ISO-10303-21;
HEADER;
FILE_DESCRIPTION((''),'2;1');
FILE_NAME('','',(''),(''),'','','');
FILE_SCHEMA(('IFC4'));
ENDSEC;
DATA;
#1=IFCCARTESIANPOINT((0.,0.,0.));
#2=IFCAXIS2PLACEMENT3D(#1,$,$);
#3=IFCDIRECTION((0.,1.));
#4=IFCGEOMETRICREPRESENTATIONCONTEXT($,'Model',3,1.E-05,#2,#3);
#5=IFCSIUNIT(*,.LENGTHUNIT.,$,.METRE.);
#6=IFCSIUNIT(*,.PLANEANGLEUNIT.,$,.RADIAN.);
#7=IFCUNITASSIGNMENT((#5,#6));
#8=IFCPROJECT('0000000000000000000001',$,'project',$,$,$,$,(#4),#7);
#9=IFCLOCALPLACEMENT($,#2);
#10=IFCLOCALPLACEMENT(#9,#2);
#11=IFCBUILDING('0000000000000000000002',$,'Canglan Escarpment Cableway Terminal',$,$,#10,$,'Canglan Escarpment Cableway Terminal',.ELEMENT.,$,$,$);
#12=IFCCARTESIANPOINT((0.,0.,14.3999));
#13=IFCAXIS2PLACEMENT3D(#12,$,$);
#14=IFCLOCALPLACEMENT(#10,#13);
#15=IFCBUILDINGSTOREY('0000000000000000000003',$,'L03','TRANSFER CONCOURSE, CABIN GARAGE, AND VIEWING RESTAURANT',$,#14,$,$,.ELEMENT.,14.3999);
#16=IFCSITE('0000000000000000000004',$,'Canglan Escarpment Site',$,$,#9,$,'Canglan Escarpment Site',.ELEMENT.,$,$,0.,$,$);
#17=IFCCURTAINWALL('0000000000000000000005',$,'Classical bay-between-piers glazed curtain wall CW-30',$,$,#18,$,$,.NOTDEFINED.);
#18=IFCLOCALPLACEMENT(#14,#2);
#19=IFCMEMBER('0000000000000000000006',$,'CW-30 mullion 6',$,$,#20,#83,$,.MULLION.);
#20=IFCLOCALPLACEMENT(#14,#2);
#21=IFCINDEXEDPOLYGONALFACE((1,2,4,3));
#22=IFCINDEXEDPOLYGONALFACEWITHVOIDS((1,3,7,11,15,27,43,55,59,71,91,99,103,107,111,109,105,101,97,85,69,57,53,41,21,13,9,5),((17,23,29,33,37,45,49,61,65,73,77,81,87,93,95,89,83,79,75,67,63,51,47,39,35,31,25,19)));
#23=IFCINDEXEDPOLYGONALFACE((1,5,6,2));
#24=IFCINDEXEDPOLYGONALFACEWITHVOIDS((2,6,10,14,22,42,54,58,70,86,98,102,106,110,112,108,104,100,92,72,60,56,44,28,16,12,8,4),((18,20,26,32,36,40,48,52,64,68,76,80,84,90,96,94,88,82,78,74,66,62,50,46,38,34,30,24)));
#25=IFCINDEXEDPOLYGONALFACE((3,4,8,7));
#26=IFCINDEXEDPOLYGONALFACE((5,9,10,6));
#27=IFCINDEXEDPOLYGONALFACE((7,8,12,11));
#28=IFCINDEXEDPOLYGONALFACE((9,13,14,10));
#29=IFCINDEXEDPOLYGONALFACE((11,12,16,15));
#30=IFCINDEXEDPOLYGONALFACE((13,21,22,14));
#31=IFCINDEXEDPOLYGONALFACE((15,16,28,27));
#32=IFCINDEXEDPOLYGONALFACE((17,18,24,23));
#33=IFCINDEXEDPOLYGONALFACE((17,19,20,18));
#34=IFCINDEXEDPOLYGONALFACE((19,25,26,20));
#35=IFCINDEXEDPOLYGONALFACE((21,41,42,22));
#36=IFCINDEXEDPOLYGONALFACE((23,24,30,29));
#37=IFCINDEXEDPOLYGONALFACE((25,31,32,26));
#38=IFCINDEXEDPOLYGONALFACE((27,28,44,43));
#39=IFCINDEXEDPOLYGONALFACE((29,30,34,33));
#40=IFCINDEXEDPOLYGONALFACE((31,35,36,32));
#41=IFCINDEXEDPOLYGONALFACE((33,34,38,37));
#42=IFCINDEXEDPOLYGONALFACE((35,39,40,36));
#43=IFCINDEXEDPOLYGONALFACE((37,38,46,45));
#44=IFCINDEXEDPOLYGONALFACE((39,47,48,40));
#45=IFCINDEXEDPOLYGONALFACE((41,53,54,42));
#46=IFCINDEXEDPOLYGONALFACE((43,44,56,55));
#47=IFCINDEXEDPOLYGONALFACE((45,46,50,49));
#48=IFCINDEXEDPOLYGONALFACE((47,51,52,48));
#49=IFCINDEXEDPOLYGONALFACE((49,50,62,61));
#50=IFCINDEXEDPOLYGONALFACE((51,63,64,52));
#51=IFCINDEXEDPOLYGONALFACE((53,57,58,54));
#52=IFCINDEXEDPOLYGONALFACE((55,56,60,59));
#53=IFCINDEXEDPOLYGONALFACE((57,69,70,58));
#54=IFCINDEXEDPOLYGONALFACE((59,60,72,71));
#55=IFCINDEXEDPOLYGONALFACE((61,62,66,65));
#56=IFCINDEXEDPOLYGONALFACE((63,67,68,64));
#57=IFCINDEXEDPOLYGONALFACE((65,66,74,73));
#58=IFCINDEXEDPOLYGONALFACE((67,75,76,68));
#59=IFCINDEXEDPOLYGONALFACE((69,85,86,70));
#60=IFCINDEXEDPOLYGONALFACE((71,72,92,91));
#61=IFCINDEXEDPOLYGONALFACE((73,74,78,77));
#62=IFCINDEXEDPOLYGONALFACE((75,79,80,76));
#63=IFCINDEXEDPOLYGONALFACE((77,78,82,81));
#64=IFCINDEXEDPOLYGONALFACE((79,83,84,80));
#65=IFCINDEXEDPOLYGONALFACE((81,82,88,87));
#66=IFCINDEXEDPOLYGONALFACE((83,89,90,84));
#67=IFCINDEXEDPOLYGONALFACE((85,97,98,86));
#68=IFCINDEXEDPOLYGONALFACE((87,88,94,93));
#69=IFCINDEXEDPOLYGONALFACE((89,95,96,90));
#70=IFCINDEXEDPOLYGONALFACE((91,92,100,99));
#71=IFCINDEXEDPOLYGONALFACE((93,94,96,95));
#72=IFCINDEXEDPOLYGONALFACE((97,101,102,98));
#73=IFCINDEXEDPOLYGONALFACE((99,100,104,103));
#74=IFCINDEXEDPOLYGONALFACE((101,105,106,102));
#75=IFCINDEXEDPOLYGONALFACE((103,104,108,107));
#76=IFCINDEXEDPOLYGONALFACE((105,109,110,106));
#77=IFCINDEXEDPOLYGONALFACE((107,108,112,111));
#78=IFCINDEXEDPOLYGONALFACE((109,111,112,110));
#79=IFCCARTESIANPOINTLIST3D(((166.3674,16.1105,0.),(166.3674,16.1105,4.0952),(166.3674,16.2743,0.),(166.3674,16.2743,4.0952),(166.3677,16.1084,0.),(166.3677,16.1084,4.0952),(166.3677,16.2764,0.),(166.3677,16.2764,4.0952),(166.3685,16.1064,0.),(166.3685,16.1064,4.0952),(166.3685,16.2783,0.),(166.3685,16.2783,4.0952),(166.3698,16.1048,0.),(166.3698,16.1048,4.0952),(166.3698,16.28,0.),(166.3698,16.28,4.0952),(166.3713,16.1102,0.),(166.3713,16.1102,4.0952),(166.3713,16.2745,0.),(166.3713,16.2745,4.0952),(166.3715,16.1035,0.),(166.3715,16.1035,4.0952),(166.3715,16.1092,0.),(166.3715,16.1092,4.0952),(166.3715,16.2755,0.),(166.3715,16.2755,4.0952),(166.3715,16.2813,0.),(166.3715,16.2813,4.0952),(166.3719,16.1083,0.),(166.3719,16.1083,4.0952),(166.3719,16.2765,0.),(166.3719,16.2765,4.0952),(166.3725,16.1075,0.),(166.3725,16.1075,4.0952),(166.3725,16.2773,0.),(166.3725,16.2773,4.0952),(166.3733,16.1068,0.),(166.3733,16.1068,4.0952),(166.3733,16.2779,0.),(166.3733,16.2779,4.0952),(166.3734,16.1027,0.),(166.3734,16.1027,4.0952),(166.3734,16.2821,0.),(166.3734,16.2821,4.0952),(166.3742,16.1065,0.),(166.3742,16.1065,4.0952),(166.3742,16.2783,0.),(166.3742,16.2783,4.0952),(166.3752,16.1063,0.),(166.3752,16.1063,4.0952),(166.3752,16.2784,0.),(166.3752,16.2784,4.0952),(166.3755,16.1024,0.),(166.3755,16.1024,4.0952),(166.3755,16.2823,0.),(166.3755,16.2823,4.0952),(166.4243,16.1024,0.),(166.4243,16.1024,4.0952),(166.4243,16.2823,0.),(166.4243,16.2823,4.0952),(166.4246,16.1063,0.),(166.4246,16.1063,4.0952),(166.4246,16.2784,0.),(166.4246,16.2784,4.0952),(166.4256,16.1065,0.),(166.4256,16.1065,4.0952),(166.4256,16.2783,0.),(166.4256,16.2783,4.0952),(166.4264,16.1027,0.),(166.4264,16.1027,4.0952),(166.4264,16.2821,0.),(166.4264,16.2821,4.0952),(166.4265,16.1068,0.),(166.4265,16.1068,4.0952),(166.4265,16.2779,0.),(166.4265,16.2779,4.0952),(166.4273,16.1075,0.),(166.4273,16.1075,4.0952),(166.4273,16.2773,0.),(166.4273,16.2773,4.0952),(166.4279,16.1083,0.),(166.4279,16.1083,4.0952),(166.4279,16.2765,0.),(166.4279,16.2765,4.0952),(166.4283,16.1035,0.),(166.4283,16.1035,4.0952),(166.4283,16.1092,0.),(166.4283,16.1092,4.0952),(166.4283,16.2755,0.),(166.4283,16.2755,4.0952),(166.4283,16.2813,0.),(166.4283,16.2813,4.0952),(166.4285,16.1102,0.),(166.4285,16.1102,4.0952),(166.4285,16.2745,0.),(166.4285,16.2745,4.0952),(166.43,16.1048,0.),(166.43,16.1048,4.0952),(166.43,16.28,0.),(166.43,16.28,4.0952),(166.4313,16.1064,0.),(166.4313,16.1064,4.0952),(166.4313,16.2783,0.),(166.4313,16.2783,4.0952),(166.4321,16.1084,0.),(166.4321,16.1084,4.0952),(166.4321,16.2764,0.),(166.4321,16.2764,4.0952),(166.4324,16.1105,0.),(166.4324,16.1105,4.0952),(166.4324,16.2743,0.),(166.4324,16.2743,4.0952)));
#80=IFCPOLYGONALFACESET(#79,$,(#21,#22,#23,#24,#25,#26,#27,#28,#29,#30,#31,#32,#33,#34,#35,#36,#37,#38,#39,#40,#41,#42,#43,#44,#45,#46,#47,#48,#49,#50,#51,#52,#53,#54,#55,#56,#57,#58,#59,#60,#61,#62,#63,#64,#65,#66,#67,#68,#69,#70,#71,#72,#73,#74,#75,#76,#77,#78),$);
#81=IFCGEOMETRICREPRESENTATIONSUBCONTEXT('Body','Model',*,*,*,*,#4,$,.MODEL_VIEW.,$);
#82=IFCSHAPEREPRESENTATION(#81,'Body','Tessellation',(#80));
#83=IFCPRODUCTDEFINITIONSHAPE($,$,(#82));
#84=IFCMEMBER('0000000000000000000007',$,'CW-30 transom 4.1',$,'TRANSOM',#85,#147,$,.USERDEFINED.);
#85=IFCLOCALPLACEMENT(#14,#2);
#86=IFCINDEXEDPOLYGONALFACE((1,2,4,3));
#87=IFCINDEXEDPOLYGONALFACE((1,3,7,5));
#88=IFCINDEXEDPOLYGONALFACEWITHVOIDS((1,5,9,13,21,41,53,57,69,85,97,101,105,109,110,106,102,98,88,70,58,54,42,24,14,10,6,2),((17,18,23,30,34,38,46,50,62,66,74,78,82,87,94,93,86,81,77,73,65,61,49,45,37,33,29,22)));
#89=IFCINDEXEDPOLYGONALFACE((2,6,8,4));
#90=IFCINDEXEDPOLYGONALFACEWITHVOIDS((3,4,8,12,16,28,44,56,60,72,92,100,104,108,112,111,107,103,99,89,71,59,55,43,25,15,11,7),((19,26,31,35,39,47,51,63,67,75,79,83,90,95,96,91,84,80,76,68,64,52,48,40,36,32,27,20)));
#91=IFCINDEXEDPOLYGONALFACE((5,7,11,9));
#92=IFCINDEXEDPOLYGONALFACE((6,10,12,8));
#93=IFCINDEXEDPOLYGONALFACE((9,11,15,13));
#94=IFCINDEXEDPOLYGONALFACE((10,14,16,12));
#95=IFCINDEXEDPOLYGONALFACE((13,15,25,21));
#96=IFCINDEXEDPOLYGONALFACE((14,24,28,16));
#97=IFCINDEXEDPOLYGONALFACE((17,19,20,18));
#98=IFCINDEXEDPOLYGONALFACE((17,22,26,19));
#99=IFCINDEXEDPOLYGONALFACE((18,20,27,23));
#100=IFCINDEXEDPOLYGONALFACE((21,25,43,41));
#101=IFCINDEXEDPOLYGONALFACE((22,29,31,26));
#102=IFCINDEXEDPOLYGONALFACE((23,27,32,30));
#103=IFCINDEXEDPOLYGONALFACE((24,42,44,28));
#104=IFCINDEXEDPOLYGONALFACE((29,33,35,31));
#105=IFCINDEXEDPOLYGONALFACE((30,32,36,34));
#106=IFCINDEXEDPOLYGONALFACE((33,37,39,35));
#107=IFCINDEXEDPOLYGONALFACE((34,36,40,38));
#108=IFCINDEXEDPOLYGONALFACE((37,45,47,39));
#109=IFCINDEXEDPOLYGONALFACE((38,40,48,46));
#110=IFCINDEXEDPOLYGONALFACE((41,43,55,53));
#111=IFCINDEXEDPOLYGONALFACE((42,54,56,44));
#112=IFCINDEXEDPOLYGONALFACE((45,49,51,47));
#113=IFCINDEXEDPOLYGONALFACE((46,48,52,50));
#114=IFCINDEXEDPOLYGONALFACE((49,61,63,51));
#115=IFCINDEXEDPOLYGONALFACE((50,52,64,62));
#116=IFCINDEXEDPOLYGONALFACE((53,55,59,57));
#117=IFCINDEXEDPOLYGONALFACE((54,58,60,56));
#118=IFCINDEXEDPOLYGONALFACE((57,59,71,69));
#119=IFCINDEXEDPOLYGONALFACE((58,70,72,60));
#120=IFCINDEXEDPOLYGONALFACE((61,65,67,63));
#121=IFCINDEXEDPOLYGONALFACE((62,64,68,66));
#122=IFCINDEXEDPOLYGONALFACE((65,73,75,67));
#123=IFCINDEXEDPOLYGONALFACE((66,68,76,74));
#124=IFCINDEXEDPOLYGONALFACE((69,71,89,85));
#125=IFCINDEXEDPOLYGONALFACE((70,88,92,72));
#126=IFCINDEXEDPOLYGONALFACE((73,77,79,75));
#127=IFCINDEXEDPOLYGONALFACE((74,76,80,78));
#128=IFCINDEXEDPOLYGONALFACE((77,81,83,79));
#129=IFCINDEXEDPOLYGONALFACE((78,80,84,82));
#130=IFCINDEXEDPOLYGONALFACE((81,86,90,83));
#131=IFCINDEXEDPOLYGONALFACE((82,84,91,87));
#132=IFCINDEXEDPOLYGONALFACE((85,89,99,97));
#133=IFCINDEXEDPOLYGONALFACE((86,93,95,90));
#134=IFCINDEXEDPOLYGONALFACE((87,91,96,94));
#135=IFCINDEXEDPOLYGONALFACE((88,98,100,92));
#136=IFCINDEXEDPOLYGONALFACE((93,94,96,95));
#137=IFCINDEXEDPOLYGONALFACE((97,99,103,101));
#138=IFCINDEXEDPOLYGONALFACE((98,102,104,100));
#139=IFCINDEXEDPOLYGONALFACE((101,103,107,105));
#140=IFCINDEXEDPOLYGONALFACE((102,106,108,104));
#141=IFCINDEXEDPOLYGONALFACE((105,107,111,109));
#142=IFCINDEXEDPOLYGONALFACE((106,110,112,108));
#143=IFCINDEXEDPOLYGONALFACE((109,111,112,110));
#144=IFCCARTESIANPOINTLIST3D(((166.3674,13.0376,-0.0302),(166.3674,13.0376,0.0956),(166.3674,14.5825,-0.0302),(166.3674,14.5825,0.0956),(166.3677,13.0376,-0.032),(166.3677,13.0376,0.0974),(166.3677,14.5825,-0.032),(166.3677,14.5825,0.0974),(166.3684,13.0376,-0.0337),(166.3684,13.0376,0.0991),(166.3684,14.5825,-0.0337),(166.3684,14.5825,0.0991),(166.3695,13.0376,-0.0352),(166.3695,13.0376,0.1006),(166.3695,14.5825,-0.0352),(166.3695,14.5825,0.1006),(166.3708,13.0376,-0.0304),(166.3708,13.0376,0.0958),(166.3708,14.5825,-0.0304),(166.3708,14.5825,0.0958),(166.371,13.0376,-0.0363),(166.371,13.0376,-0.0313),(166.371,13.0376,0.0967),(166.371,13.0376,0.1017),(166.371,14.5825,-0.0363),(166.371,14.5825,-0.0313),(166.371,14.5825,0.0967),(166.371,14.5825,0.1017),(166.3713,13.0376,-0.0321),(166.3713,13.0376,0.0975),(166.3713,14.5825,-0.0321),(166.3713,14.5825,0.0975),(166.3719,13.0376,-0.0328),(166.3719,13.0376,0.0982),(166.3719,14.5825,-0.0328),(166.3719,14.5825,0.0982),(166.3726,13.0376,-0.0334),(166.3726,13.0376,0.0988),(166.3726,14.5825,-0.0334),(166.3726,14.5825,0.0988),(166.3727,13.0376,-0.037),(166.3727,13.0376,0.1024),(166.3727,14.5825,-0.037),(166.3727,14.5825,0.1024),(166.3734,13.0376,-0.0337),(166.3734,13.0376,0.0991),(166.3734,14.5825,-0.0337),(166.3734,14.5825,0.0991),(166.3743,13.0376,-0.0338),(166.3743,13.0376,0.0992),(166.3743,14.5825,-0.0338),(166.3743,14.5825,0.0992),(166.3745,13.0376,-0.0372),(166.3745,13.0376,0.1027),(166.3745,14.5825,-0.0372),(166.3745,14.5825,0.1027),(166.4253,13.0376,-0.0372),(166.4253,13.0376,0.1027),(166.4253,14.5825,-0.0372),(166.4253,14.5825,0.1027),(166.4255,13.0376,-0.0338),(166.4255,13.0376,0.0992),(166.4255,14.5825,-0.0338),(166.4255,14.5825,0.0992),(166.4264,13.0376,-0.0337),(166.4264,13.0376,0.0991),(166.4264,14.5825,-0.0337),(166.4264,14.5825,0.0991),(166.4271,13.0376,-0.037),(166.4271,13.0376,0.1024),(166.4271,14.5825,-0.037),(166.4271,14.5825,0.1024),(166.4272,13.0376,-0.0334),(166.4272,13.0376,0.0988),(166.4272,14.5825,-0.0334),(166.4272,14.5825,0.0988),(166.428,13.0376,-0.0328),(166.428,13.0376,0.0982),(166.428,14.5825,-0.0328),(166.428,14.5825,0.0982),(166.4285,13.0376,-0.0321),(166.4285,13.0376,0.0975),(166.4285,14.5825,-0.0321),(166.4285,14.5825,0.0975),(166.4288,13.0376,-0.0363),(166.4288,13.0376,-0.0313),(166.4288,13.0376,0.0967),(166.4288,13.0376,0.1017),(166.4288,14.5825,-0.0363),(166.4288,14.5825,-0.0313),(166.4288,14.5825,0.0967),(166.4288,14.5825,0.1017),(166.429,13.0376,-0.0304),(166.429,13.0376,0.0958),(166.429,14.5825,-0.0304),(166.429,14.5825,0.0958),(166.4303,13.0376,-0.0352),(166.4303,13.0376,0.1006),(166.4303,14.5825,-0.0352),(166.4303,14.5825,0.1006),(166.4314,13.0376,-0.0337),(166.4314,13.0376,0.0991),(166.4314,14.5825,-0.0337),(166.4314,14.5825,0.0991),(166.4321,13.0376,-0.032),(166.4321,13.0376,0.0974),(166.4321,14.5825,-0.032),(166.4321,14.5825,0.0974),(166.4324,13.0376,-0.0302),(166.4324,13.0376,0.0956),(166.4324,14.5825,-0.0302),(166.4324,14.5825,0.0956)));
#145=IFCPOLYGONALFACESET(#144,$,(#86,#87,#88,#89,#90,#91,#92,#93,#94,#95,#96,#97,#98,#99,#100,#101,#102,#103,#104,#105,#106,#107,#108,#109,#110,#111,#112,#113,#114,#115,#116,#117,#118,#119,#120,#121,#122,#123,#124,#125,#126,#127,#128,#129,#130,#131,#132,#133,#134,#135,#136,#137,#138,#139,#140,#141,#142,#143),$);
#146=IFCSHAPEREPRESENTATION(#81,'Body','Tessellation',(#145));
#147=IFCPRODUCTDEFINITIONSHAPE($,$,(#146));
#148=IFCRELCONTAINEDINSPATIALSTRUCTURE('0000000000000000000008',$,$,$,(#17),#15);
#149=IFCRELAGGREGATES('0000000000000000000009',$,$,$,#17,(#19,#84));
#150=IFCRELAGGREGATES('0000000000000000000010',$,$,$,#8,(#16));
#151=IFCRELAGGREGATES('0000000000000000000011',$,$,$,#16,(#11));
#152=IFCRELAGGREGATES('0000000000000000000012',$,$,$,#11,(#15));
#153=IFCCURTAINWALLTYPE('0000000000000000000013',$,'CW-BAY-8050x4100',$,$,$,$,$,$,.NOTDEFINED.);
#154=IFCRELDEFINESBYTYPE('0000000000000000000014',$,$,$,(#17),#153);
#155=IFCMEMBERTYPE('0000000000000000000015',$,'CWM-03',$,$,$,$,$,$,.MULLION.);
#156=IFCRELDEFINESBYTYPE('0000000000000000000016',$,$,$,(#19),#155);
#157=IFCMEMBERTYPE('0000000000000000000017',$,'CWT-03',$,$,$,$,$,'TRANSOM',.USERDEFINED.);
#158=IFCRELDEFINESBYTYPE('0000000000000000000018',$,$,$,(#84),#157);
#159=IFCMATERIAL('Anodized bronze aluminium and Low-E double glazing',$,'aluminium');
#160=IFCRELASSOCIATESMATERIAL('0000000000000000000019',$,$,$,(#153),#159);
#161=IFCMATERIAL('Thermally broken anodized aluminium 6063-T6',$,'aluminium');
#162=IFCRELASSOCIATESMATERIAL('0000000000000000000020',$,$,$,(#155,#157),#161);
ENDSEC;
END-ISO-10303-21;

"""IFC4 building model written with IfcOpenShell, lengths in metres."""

from ifc_helpers import new_model, si_unit, direction, frame, origin, origin_2d, place, context, subcontext, project, spatial, hollow_rectangle, extrude, material, material_profile, profile_set, type_object, element, aggregate, save


model = new_model("IFC4")

# Units and contexts
model_context = context("Model", 3, precision=1e-05, world=origin(), true_north=direction((0.0, 1.0)))
body_context = subcontext(model_context, "Body", "Model", "MODEL_VIEW")
ifc_project = project(units=[si_unit("LENGTHUNIT", "METRE"), si_unit("PLANEANGLEUNIT", "RADIAN")], contexts=[model_context])

# Site, building, storey
site_placement = place(None, origin())
site = spatial("IfcSite", under=ifc_project, at=site_placement, Name="Canglan Escarpment Site", LongName="Canglan Escarpment Site", CompositionType="ELEMENT", RefElevation=0.0)
building_placement = place(site_placement, origin())
building = spatial("IfcBuilding", under=site, at=building_placement, Name="Canglan Escarpment Cableway Terminal", LongName="Canglan Escarpment Cableway Terminal", CompositionType="ELEMENT")
storey_placement = place(building_placement, frame((0.0, 0.0, 14.3999)))
storey = spatial("IfcBuildingStorey", under=building, at=storey_placement, Name="L03", Description="TRANSFER CONCOURSE, CABIN GARAGE, AND VIEWING RESTAURANT", CompositionType="ELEMENT", Elevation=14.3999)

# Curtain wall, members
ifc_material_1 = material(Name="Anodized bronze aluminium and Low-E double glazing", Category="aluminium")
curtain_wall_type = type_object("IfcCurtainWallType", Name="CW-BAY-8050x4100", PredefinedType="NOTDEFINED", material=ifc_material_1)
curtain_wall_placement = place(storey_placement, origin())
curtain_wall = element("IfcCurtainWall", 1, at=curtain_wall_placement, inside=storey, type_object=curtain_wall_type, Name="Classical bay-between-piers glazed curtain wall CW-30", PredefinedType="NOTDEFINED")
ifc_material_2 = material(Name="Thermally broken anodized aluminium 6063-T6", Category="aluminium")
ifc_material_profile_1 = material_profile(ifc_material_2, hollow_rectangle(XDim=0.0649, YDim=0.1799, WallThickness=0.0039, InnerFilletRadius=0.0039, OuterFilletRadius=0.0081, at=origin_2d()), Name="ALU-MULL 65x180x4")
ifc_profile_set_1 = profile_set([ifc_material_profile_1], Name="Thermally broken anodized aluminium 6063-T6")
member_type_1 = type_object("IfcMemberType", Name="CWM-03", PredefinedType="MULLION", material=ifc_profile_set_1)
member_1_placement = place(storey_placement, frame((166.3999, 16.1924, 0.0), z_axis=(0.0, 0.0, 1.0), x_axis=(-1.0, 0.0, 0.0)))
member_1 = element("IfcMember", 2, at=member_1_placement, type_object=member_type_1, Name="CW-30 mullion 6", PredefinedType="MULLION", context=body_context, shape_type="SweptSolid", body=[
    extrude(hollow_rectangle(XDim=0.0649, YDim=0.1799, WallThickness=0.0039, InnerFilletRadius=0.0039, OuterFilletRadius=0.0081, at=origin_2d()), origin(), (0.0, 0.0, 1.0), 4.0952),
])
ifc_material_profile_2 = material_profile(ifc_material_2, hollow_rectangle(XDim=0.0649, YDim=0.1399, WallThickness=0.0034, InnerFilletRadius=0.0034, OuterFilletRadius=0.0071, at=origin_2d()), Name="ALU-TRAN 65x140x3.5")
ifc_profile_set_2 = profile_set([ifc_material_profile_2], Name="Thermally broken anodized aluminium 6063-T6")
member_type_2 = type_object("IfcMemberType", Name="CWT-03", ElementType="TRANSOM", PredefinedType="USERDEFINED", material=ifc_profile_set_2)
member_2_placement = place(storey_placement, frame((166.3999, 13.0376, 0.0327), z_axis=(0.0, 1.0, 0.0), x_axis=(-1.0, 0.0, 0.0)))
member_2 = element("IfcMember", 3, at=member_2_placement, type_object=member_type_2, Name="CW-30 transom 4.1", ObjectType="TRANSOM", PredefinedType="USERDEFINED", context=body_context, shape_type="SweptSolid", body=[
    extrude(hollow_rectangle(XDim=0.0649, YDim=0.1399, WallThickness=0.0034, InnerFilletRadius=0.0034, OuterFilletRadius=0.0071, at=origin_2d()), origin(), (0.0, 0.0, 1.0), 1.5449),
])

aggregate(curtain_wall, [member_1, member_2])

save(model, "model.ifc")
